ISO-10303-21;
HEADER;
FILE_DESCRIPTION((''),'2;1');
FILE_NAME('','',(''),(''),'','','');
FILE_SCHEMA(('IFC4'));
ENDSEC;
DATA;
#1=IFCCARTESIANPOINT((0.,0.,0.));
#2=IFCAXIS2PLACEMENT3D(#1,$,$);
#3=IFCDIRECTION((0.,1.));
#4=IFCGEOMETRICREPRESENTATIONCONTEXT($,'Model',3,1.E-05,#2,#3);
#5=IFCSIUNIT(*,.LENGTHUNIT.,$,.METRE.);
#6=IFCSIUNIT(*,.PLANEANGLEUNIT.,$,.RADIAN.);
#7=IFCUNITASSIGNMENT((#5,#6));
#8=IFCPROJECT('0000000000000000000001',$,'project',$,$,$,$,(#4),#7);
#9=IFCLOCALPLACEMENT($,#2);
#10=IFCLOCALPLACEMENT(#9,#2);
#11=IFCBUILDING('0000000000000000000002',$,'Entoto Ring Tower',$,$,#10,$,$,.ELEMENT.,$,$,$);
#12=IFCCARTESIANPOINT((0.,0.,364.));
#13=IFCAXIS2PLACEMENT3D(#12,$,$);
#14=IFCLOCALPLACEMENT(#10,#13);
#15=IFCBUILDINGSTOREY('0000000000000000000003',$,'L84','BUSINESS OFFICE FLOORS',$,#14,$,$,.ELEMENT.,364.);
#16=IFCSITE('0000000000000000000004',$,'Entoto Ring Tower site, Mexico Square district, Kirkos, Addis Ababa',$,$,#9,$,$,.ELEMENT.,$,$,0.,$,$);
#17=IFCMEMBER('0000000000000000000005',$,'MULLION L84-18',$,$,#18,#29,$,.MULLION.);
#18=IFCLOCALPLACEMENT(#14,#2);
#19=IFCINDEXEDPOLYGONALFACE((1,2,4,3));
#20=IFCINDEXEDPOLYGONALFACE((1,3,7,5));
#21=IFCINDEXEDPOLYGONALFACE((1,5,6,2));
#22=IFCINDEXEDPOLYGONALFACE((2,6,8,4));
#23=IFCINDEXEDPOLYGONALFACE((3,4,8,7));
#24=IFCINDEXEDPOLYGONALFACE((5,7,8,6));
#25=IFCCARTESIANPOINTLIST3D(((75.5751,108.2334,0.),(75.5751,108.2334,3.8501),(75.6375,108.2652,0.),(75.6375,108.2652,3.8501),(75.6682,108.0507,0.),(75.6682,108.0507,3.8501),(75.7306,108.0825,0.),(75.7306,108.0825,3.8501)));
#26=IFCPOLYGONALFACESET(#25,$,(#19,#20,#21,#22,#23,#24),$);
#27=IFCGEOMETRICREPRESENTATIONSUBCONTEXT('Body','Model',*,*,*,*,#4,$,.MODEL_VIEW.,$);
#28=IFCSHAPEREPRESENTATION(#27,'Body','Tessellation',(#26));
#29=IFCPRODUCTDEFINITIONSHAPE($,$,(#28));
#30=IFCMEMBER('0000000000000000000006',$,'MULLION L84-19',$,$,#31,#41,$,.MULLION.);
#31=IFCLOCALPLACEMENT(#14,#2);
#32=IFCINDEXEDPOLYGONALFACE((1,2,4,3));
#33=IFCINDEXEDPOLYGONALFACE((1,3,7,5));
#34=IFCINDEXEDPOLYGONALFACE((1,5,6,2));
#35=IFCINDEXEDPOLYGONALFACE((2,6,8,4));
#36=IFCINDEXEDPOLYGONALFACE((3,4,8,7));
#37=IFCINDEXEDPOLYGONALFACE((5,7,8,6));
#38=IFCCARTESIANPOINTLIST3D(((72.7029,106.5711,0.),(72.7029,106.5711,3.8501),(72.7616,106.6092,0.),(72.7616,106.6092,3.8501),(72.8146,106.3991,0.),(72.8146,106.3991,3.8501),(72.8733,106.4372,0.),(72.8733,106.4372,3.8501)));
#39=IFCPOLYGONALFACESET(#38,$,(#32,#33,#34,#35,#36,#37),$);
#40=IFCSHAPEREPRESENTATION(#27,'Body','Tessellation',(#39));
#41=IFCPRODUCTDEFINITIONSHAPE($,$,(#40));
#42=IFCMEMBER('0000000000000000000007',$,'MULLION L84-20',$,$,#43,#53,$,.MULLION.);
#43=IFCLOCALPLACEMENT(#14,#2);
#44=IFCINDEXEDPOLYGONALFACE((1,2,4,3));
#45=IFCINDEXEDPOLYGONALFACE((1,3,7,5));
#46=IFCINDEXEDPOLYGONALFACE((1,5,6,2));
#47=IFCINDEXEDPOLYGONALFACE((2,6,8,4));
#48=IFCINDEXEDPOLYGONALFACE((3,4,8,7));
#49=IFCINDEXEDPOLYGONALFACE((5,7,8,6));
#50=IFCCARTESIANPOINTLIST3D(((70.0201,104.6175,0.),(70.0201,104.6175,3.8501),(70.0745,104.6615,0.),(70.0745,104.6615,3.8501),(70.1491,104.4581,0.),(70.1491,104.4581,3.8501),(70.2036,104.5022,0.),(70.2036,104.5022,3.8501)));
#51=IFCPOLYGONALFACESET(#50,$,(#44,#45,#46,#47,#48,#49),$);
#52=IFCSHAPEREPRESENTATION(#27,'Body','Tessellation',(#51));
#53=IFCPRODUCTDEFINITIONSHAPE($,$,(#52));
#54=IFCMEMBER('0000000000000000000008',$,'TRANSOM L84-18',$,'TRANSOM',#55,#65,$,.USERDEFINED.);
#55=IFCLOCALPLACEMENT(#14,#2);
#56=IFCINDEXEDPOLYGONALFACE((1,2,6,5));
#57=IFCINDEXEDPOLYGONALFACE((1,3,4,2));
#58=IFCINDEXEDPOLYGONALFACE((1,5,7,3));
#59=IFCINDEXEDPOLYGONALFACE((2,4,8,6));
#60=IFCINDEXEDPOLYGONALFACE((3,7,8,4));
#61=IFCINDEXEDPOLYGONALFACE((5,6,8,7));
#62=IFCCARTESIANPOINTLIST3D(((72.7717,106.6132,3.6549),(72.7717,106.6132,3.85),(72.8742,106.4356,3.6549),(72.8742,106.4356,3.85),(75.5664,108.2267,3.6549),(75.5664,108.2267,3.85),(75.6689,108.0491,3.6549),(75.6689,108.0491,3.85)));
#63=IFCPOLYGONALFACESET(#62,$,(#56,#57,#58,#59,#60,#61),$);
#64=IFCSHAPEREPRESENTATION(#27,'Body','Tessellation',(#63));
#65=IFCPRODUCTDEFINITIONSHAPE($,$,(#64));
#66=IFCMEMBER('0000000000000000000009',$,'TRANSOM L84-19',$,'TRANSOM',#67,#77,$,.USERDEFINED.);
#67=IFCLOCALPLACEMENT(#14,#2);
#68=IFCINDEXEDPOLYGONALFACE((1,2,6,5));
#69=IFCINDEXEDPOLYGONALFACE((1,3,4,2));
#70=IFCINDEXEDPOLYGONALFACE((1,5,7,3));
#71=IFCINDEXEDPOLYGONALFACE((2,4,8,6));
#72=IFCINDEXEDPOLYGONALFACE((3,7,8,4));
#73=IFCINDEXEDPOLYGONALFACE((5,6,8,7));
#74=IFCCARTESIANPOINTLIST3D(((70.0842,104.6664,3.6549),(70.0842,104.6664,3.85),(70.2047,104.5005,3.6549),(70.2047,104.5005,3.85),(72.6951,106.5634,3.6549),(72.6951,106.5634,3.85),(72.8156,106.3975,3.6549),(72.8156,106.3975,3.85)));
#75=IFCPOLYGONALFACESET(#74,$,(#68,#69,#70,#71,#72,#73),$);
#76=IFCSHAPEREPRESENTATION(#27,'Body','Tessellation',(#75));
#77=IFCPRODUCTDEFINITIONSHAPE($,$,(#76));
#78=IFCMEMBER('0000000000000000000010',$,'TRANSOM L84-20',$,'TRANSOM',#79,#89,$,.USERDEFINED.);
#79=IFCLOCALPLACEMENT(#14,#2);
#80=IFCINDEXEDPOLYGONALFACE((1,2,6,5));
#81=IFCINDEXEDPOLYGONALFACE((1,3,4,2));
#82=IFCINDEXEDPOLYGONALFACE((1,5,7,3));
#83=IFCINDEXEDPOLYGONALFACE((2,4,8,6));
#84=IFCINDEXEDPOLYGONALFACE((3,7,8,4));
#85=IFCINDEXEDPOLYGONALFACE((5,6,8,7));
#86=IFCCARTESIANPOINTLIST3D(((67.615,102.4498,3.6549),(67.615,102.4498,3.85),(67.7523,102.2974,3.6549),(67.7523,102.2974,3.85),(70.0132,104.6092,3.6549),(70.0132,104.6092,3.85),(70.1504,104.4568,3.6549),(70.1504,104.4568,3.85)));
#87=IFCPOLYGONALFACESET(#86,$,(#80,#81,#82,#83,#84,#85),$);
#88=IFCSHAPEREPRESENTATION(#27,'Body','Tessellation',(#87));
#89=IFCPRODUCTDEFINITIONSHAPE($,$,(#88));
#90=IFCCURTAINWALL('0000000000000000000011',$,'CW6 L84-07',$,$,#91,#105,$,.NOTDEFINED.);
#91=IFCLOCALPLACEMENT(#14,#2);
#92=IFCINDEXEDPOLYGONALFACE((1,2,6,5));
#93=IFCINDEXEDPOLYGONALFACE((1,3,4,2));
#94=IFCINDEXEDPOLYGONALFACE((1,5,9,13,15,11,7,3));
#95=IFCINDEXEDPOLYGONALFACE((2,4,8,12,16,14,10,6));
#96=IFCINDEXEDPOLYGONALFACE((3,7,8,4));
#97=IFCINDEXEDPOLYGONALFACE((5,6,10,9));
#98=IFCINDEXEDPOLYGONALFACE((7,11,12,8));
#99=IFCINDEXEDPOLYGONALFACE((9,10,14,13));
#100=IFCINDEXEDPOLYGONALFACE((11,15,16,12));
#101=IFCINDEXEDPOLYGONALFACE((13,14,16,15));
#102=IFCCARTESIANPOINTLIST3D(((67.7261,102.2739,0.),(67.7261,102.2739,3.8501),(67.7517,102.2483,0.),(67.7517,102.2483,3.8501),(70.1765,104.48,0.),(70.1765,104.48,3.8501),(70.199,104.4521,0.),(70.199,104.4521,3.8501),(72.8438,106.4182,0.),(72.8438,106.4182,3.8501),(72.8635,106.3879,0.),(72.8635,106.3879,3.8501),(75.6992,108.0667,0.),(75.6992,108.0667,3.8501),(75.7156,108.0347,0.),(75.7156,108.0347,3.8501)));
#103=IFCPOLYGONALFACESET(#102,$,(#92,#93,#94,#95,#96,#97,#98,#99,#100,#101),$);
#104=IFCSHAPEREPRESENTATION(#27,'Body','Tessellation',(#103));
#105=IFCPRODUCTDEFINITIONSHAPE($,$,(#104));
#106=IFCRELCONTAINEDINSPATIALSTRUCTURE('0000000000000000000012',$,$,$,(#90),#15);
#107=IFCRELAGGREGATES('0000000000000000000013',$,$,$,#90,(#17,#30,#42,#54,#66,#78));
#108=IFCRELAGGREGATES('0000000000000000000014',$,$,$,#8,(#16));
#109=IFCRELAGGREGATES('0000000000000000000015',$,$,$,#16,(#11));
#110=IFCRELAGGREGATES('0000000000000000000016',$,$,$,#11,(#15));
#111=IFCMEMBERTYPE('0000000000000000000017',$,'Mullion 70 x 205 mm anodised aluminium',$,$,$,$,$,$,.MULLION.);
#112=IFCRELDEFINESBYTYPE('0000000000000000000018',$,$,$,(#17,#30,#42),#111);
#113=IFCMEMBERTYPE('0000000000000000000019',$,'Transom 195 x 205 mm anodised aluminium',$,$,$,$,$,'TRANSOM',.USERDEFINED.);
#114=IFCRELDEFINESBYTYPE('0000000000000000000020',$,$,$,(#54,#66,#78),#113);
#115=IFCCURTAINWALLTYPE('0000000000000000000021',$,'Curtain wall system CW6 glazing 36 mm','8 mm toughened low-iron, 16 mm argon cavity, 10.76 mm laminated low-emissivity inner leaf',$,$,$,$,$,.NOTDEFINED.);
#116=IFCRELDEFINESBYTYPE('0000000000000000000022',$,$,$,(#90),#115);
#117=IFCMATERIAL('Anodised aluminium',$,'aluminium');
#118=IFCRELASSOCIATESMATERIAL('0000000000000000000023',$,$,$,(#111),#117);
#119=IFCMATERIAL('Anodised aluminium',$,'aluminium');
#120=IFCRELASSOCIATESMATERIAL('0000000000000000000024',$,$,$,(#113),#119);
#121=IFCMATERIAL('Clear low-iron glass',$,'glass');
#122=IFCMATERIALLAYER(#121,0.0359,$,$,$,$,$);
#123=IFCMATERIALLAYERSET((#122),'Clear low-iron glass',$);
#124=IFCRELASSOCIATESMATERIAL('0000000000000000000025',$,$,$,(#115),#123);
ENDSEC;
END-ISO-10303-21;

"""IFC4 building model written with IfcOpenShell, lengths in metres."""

from ifc_helpers import new_model, si_unit, direction, frame, origin, origin_2d, place, context, subcontext, project, spatial, polyline, rectangle, outline, extrude, material, layer, layer_set, material_profile, profile_set, type_object, element, aggregate, save


model = new_model("IFC4")

# Units and contexts
model_context = context("Model", 3, precision=1e-05, world=origin(), true_north=direction((0.0, 1.0)))
body_context = subcontext(model_context, "Body", "Model", "MODEL_VIEW")
ifc_project = project(units=[si_unit("LENGTHUNIT", "METRE"), si_unit("PLANEANGLEUNIT", "RADIAN")], contexts=[model_context])

# Members
ifc_material_1 = material(Name="Anodised aluminium", Category="aluminium")
ifc_material_profile_1 = material_profile(ifc_material_1, rectangle(XDim=0.0701, YDim=0.2051, at=origin_2d()), Name="Mullion 70 x 205 mm anodised aluminium")
ifc_profile_set_1 = profile_set([ifc_material_profile_1], Name="Anodised aluminium")
member_type_1 = type_object("IfcMemberType", Name="Mullion 70 x 205 mm anodised aluminium", PredefinedType="MULLION", material=ifc_profile_set_1)
site_placement = place(None, origin())
building_placement = place(site_placement, origin())
storey_placement = place(building_placement, frame((0.0, 0.0, 364.0)))
member_1_placement = place(storey_placement, frame((75.6528, 108.158, 0.0), z_axis=(0.0, 0.0, 1.0), x_axis=(-0.891007, -0.45399, 0.0)))
member_1 = element("IfcMember", 1, at=member_1_placement, type_object=member_type_1, Name="MULLION L84-18", PredefinedType="MULLION", context=body_context, shape_type="SweptSolid", body=[
    extrude(rectangle(XDim=0.0701, YDim=0.2051, at=origin_2d()), origin(), (0.0, 0.0, 1.0), 3.8501),
])
member_2_placement = place(storey_placement, frame((72.7881, 106.5042, 0.0), z_axis=(0.0, 0.0, 1.0), x_axis=(-0.838671, -0.544639, 0.0)))
member_2 = element("IfcMember", 2, at=member_2_placement, type_object=member_type_1, Name="MULLION L84-19", PredefinedType="MULLION", context=body_context, shape_type="SweptSolid", body=[
    extrude(rectangle(XDim=0.0701, YDim=0.2051, at=origin_2d()), origin(), (0.0, 0.0, 1.0), 3.8501),
])
member_3_placement = place(storey_placement, frame((70.1118, 104.5598, 0.0), z_axis=(0.0, 0.0, 1.0), x_axis=(-0.777146, -0.62932, 0.0)))
member_3 = element("IfcMember", 3, at=member_3_placement, type_object=member_type_1, Name="MULLION L84-20", PredefinedType="MULLION", context=body_context, shape_type="SweptSolid", body=[
    extrude(rectangle(XDim=0.0701, YDim=0.2051, at=origin_2d()), origin(), (0.0, 0.0, 1.0), 3.8501),
])
ifc_material_2 = material(Name="Anodised aluminium", Category="aluminium")
ifc_material_profile_2 = material_profile(ifc_material_2, rectangle(XDim=0.2051, YDim=0.1951, at=origin_2d()), Name="Transom 195 x 205 mm anodised aluminium")
ifc_profile_set_2 = profile_set([ifc_material_profile_2], Name="Anodised aluminium")
member_type_2 = type_object("IfcMemberType", Name="Transom 195 x 205 mm anodised aluminium", ElementType="TRANSOM", PredefinedType="USERDEFINED", material=ifc_profile_set_2)
member_4_placement = place(storey_placement, frame((75.6177, 108.1379, 3.7524), z_axis=(-0.866023, -0.500004, 0.0), x_axis=(0.500004, -0.866023, 0.0)))
member_4 = element("IfcMember", 4, at=member_4_placement, type_object=member_type_2, Name="TRANSOM L84-18", ObjectType="TRANSOM", PredefinedType="USERDEFINED", context=body_context, shape_type="SweptSolid", body=[
    extrude(rectangle(XDim=0.2051, YDim=0.1951, at=origin_2d()), origin(), (0.0, 0.0, 1.0), 3.2271),
])
member_5_placement = place(storey_placement, frame((72.7554, 106.4805, 3.7524), z_axis=(-0.809004, -0.587803, 0.0), x_axis=(0.587803, -0.809004, 0.0)))
member_5 = element("IfcMember", 5, at=member_5_placement, type_object=member_type_2, Name="TRANSOM L84-19", ObjectType="TRANSOM", PredefinedType="USERDEFINED", context=body_context, shape_type="SweptSolid", body=[
    extrude(rectangle(XDim=0.2051, YDim=0.1951, at=origin_2d()), origin(), (0.0, 0.0, 1.0), 3.2273),
])
member_6_placement = place(storey_placement, frame((70.0818, 104.533, 3.7524), z_axis=(-0.743132, -0.669144, 0.0), x_axis=(0.669144, -0.743132, 0.0)))
member_6 = element("IfcMember", 6, at=member_6_placement, type_object=member_type_2, Name="TRANSOM L84-20", ObjectType="TRANSOM", PredefinedType="USERDEFINED", context=body_context, shape_type="SweptSolid", body=[
    extrude(rectangle(XDim=0.2051, YDim=0.1951, at=origin_2d()), origin(), (0.0, 0.0, 1.0), 3.2271),
])

# Site, building, storey
site = spatial("IfcSite", under=ifc_project, at=site_placement, Name="Entoto Ring Tower site, Mexico Square district, Kirkos, Addis Ababa", CompositionType="ELEMENT", RefElevation=0.0)
building = spatial("IfcBuilding", under=site, at=building_placement, Name="Entoto Ring Tower", CompositionType="ELEMENT")
storey = spatial("IfcBuildingStorey", under=building, at=storey_placement, Name="L84", Description="BUSINESS OFFICE FLOORS", CompositionType="ELEMENT", Elevation=364.0)

# Curtain wall
ifc_material_3 = material(Name="Clear low-iron glass", Category="glass")
ifc_layer = layer(ifc_material_3, 0.0359)
ifc_layer_set = layer_set([ifc_layer], Name="Clear low-iron glass")
curtain_wall_type = type_object("IfcCurtainWallType", Name="Curtain wall system CW6 glazing 36 mm", Description="8 mm toughened low-iron, 16 mm argon cavity, 10.76 mm laminated low-emissivity inner leaf", PredefinedType="NOTDEFINED", material=ifc_layer_set)
curtain_wall_1_placement = place(storey_placement, origin())
curtain_wall_1 = element("IfcCurtainWall", 7, at=curtain_wall_1_placement, inside=storey, type_object=curtain_wall_type, Name="CW6 L84-07", PredefinedType="NOTDEFINED", context=body_context, shape_type="SweptSolid", body=[
    extrude(outline(polyline([(75.6992, 108.0667), (72.8438, 106.4182), (70.1765, 104.48), (67.7261, 102.2739), (67.7517, 102.2483), (70.199, 104.4521), (72.8635, 106.3879), (75.7156, 108.0347), (75.6992, 108.0667)])), origin(), (0.0, 0.0, 1.0), 3.8501),
])
aggregate(curtain_wall_1, [member_1, member_2, member_3, member_4, member_5, member_6])

save(model, "model.ifc")
